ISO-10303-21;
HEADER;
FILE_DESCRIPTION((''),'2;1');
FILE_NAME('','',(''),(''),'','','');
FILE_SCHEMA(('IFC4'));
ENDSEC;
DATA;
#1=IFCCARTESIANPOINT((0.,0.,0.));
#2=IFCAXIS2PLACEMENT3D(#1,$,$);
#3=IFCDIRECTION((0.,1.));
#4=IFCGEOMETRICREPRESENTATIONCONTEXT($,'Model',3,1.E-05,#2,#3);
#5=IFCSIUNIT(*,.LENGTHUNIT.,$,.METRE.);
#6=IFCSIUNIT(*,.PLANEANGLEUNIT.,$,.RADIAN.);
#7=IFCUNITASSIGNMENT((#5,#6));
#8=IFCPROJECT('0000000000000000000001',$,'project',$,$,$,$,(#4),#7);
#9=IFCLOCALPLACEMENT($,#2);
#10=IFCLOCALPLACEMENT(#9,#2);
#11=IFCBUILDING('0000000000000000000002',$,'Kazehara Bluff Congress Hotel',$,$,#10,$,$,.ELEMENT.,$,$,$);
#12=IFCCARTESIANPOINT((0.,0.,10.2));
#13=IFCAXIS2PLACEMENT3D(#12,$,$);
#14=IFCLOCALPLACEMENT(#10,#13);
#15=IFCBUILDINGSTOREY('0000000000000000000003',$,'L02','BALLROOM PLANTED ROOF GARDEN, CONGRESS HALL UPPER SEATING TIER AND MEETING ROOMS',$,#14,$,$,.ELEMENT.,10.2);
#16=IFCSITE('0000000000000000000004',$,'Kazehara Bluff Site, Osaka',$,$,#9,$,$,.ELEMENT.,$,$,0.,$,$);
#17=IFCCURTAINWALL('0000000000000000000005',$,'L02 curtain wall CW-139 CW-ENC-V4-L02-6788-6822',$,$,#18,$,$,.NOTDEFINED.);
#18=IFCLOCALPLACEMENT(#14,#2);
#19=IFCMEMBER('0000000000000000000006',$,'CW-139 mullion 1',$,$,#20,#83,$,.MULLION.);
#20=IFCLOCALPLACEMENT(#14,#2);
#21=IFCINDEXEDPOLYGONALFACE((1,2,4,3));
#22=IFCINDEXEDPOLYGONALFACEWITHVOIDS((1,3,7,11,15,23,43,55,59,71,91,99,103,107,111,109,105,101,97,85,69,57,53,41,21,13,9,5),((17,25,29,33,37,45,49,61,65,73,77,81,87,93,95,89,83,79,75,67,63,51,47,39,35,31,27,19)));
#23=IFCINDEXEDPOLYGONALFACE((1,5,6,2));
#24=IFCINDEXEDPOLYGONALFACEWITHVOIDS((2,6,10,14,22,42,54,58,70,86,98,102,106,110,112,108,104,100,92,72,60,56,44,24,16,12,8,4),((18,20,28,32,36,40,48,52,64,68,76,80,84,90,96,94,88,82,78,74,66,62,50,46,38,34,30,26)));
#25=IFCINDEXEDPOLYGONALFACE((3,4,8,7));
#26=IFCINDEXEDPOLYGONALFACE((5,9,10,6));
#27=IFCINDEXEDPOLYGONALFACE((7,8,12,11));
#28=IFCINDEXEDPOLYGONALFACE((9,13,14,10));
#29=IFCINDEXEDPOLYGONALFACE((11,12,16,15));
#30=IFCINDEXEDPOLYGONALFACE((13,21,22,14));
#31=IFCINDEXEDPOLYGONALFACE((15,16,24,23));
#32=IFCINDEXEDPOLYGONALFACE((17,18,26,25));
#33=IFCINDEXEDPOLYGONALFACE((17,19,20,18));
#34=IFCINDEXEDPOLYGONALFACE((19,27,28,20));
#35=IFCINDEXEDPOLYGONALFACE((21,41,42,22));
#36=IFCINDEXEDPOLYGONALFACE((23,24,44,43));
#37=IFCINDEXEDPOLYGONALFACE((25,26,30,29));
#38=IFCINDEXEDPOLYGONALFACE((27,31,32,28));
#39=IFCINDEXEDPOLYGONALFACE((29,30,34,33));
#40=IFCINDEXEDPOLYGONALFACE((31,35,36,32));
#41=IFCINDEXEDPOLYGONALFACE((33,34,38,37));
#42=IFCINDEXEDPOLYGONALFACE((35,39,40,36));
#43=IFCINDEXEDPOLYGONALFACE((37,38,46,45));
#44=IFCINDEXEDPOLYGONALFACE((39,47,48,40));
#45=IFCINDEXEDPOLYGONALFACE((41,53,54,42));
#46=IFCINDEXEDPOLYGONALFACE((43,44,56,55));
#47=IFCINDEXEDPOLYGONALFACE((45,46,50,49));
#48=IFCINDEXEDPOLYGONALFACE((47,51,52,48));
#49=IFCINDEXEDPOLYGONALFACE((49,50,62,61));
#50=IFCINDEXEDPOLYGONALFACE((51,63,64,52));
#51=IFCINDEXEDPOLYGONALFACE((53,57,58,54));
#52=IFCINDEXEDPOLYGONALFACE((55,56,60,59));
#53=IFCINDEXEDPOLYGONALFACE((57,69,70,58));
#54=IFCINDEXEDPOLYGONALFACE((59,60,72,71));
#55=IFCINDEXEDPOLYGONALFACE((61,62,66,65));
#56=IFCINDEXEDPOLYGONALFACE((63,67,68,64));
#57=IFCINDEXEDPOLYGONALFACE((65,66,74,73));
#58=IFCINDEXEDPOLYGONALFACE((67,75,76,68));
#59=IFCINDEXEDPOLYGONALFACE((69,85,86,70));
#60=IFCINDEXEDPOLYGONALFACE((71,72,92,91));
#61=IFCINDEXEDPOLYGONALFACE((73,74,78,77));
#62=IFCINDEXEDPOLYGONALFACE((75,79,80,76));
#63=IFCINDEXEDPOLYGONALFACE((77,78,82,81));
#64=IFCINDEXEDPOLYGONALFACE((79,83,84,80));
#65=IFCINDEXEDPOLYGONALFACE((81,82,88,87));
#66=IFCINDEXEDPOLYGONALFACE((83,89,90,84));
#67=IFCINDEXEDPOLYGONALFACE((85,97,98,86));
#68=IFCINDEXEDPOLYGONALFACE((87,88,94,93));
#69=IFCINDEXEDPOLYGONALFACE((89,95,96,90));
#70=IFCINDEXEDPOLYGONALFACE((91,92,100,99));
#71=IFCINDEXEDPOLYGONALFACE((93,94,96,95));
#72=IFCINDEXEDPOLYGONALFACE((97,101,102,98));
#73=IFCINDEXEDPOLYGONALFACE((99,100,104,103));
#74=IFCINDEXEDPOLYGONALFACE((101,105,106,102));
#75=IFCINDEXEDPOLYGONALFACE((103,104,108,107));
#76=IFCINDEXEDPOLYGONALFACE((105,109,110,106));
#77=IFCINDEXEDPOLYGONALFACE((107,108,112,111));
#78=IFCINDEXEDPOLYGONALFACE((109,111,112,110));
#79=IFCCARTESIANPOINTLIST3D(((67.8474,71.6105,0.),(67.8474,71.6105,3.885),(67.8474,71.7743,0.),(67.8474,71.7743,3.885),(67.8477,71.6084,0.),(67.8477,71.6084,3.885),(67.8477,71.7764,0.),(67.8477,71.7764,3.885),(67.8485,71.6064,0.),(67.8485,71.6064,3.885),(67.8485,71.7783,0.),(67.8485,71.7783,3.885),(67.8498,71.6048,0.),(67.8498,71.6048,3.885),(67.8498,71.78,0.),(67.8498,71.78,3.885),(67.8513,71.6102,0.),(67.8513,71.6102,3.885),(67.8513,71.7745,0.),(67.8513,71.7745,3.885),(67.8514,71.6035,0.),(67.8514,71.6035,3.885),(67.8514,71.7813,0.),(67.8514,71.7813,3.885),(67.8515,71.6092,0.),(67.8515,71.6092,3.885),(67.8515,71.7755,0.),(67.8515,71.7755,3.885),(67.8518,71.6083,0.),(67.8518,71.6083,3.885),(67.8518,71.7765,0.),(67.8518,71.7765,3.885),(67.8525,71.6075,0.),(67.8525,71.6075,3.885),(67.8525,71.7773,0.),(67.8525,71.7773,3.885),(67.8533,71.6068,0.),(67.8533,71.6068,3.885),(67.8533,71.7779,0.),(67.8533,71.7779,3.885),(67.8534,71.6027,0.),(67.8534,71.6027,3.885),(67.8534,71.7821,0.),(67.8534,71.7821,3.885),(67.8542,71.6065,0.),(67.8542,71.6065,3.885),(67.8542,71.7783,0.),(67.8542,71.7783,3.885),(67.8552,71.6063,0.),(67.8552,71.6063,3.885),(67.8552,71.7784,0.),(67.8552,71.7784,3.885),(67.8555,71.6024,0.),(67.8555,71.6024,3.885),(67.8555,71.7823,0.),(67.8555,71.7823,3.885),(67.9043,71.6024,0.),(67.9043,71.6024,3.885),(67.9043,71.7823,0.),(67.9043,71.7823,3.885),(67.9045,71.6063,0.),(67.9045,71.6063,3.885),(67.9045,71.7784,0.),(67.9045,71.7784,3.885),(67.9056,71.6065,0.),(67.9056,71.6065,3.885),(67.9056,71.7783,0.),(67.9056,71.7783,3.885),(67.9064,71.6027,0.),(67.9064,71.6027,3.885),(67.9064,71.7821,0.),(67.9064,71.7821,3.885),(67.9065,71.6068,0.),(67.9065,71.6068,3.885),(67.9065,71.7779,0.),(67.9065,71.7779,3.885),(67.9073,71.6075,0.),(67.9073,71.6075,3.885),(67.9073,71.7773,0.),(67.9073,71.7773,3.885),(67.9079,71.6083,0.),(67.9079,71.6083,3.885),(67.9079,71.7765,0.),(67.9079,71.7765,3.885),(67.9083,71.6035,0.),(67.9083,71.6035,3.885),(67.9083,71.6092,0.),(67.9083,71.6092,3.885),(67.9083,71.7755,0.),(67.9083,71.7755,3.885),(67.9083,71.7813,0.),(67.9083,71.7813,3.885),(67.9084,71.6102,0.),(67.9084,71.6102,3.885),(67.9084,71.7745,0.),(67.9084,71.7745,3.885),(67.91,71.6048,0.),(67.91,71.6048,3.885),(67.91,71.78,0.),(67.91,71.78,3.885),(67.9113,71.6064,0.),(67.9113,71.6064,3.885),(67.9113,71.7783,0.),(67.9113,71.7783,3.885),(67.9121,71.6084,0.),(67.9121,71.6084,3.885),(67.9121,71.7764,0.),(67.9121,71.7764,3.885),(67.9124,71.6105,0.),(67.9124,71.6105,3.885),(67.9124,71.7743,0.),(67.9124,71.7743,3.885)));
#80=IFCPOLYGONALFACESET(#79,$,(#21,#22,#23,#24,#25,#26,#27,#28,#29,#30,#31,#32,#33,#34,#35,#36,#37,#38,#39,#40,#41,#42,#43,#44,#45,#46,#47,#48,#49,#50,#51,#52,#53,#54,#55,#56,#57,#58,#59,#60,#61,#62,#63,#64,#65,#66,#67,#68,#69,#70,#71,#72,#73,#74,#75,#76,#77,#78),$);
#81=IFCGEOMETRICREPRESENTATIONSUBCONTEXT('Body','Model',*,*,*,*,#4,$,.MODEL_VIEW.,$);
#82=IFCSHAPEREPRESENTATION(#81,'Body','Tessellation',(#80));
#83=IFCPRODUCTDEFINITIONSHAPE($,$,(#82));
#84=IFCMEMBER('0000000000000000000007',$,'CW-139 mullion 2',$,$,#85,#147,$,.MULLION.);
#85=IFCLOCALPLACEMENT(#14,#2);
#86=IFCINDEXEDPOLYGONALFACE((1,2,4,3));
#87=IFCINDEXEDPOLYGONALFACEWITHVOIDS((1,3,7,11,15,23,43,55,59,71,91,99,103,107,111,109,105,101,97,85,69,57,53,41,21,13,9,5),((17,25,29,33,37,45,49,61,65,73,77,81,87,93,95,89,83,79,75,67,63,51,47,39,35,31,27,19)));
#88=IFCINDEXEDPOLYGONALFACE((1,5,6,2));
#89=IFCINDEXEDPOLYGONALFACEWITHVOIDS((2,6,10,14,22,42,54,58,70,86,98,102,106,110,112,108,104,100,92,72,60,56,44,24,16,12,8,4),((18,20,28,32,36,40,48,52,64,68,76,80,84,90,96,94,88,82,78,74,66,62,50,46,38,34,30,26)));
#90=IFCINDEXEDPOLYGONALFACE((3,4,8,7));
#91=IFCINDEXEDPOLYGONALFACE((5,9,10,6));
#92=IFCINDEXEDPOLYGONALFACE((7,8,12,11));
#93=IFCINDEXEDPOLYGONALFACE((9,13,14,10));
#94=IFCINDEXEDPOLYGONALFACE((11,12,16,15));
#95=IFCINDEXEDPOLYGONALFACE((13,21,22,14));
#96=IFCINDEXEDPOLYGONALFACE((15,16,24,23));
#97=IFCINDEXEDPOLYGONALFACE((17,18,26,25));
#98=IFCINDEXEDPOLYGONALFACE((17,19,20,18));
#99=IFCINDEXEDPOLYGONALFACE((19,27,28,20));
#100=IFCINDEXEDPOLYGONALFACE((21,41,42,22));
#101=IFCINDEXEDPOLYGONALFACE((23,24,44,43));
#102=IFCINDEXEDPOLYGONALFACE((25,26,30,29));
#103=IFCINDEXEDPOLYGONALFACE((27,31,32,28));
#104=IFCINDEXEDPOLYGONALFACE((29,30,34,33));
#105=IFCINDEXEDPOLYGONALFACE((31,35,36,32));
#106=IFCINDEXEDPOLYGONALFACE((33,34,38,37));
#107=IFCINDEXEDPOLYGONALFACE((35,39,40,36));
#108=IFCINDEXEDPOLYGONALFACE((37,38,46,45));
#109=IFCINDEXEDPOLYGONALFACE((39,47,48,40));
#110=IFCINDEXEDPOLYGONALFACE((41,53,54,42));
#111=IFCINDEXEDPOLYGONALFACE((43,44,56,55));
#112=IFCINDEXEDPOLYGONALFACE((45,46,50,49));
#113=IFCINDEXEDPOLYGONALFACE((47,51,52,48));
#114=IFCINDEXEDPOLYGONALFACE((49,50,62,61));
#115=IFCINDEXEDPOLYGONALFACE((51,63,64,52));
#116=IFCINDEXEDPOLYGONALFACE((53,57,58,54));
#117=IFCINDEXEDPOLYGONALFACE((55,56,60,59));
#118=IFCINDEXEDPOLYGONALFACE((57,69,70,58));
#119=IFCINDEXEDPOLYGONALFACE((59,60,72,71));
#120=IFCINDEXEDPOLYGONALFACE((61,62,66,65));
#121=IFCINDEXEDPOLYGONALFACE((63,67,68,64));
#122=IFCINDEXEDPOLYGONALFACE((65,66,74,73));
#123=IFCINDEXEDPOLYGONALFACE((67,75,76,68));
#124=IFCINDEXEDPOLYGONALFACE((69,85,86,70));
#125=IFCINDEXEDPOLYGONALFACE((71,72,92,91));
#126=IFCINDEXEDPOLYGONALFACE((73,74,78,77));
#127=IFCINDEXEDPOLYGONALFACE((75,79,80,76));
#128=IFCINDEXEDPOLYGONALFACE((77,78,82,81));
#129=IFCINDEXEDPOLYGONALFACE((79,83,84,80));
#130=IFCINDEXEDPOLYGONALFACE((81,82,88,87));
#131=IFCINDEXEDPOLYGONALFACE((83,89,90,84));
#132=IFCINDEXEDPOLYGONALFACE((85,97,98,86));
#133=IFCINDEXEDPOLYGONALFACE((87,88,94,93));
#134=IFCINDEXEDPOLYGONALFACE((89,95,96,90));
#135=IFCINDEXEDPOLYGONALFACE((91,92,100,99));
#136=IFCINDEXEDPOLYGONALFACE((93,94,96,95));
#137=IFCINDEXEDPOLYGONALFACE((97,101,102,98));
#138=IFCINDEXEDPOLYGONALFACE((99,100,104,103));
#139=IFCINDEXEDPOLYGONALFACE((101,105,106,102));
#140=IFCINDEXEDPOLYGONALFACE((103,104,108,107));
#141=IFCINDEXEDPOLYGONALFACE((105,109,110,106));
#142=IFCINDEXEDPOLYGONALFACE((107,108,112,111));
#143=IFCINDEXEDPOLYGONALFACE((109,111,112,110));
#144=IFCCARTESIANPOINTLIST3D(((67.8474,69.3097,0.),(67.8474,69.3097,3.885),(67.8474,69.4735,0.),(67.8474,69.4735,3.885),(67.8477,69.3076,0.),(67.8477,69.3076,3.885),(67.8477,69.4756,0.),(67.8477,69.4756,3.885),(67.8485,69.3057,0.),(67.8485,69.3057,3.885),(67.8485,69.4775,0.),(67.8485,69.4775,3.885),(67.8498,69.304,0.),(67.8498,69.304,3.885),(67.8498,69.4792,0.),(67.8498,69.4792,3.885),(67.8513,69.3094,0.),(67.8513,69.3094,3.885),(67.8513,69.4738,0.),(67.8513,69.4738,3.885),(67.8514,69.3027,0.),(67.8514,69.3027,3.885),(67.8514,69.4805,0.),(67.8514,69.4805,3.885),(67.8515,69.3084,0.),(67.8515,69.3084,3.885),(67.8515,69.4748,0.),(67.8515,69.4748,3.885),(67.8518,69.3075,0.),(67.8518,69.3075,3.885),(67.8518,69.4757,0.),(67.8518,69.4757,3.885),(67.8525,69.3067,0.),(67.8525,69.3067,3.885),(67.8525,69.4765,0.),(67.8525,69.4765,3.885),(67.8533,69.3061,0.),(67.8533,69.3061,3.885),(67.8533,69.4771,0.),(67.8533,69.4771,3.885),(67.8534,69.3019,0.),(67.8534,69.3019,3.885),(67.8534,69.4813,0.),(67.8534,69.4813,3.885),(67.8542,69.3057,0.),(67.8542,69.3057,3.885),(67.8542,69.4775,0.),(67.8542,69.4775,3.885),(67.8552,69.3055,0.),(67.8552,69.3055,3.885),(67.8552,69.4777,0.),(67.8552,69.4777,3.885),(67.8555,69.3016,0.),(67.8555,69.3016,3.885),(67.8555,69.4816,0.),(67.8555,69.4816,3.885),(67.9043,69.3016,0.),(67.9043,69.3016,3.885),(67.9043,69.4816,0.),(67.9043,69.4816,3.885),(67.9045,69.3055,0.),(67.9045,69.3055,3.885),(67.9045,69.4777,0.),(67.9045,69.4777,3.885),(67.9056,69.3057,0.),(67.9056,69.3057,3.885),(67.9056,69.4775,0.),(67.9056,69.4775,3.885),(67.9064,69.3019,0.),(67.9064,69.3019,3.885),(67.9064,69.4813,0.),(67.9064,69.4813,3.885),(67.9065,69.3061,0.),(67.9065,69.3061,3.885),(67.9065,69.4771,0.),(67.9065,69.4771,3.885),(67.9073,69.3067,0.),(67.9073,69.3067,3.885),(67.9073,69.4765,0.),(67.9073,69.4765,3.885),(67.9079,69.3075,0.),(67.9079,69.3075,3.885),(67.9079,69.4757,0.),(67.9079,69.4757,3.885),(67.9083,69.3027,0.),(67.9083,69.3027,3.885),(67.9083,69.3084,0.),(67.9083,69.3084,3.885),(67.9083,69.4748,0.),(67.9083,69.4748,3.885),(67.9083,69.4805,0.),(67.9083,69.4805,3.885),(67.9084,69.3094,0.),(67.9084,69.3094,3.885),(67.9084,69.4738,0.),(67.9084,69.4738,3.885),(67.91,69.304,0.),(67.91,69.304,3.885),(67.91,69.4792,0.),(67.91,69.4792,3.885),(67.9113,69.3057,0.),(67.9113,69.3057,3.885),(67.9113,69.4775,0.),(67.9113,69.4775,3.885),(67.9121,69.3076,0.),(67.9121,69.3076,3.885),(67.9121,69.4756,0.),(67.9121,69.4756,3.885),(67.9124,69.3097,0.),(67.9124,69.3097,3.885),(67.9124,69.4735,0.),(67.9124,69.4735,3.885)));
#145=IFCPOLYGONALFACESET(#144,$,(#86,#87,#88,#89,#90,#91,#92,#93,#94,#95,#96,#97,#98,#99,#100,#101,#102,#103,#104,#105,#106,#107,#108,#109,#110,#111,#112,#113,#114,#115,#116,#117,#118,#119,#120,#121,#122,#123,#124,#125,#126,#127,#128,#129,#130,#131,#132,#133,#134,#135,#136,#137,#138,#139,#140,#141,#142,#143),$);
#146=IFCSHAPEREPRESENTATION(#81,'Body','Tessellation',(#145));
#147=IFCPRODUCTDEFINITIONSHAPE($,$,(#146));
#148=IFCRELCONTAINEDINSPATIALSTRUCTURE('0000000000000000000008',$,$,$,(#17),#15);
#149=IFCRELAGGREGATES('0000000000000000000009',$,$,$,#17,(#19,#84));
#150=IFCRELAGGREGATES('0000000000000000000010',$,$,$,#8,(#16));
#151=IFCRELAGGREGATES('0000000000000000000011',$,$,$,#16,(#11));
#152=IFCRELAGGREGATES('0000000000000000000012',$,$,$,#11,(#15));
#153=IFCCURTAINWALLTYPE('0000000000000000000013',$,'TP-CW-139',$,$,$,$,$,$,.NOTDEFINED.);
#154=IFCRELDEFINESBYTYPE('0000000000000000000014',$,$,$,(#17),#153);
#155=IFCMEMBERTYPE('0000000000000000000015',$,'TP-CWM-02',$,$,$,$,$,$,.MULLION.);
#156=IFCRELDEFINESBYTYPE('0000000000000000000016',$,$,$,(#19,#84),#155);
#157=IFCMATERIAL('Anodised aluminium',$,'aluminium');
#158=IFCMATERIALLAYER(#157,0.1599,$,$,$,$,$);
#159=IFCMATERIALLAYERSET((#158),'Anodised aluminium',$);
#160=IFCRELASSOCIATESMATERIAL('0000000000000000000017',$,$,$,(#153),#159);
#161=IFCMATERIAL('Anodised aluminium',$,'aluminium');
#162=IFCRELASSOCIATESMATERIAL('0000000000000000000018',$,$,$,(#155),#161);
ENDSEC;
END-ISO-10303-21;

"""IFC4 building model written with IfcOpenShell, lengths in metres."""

from ifc_helpers import new_model, si_unit, direction, frame, origin, origin_2d, place, context, subcontext, project, spatial, hollow_rectangle, extrude, material, layer, layer_set, material_profile, profile_set, type_object, element, aggregate, save


model = new_model("IFC4")

# Units and contexts
model_context = context("Model", 3, precision=1e-05, world=origin(), true_north=direction((0.0, 1.0)))
body_context = subcontext(model_context, "Body", "Model", "MODEL_VIEW")
ifc_project = project(units=[si_unit("LENGTHUNIT", "METRE"), si_unit("PLANEANGLEUNIT", "RADIAN")], contexts=[model_context])

# Site, building, storey
site_placement = place(None, origin())
site = spatial("IfcSite", under=ifc_project, at=site_placement, Name="Kazehara Bluff Site, Osaka", CompositionType="ELEMENT", RefElevation=0.0)
building_placement = place(site_placement, origin())
building = spatial("IfcBuilding", under=site, at=building_placement, Name="Kazehara Bluff Congress Hotel", CompositionType="ELEMENT")
storey_placement = place(building_placement, frame((0.0, 0.0, 10.2)))
storey = spatial("IfcBuildingStorey", under=building, at=storey_placement, Name="L02", Description="BALLROOM PLANTED ROOF GARDEN, CONGRESS HALL UPPER SEATING TIER AND MEETING ROOMS", CompositionType="ELEMENT", Elevation=10.2)

# Curtain wall, members
ifc_material_1 = material(Name="Anodised aluminium", Category="aluminium")
ifc_layer_1 = layer(ifc_material_1, 0.1599)
ifc_layer_set_1 = layer_set([ifc_layer_1], Name="Anodised aluminium")
curtain_wall_type = type_object("IfcCurtainWallType", Name="TP-CW-139", PredefinedType="NOTDEFINED", material=ifc_layer_set_1)
curtain_wall_placement = place(storey_placement, origin())
curtain_wall = element("IfcCurtainWall", 1, at=curtain_wall_placement, inside=storey, type_object=curtain_wall_type, Name="L02 curtain wall CW-139 CW-ENC-V4-L02-6788-6822", PredefinedType="NOTDEFINED")
ifc_material_2 = material(Name="Anodised aluminium", Category="aluminium")
ifc_material_profile_1 = material_profile(ifc_material_2, hollow_rectangle(XDim=0.0649, YDim=0.1799, WallThickness=0.0039, InnerFilletRadius=0.0039, OuterFilletRadius=0.0081, at=origin_2d()))
ifc_profile_set_1 = profile_set([ifc_material_profile_1], Name="Anodised aluminium")
member_type_1 = type_object("IfcMemberType", Name="TP-CWM-02", PredefinedType="MULLION", material=ifc_profile_set_1)
member_1_placement = place(storey_placement, frame((67.8799, 71.6924, 0.0), z_axis=(0.0, 0.0, 1.0), x_axis=(1.0, 0.0, 0.0)))
member_1 = element("IfcMember", 2, at=member_1_placement, type_object=member_type_1, Name="CW-139 mullion 1", PredefinedType="MULLION", context=body_context, shape_type="SweptSolid", body=[
    extrude(hollow_rectangle(XDim=0.0649, YDim=0.1799, WallThickness=0.0039, InnerFilletRadius=0.0039, OuterFilletRadius=0.0081, at=origin_2d()), origin(), (0.0, 0.0, 1.0), 3.885),
])
member_2_placement = place(storey_placement, frame((67.8799, 69.3916, 0.0), z_axis=(0.0, 0.0, 1.0), x_axis=(1.0, 0.0, 0.0)))
member_2 = element("IfcMember", 3, at=member_2_placement, type_object=member_type_1, Name="CW-139 mullion 2", PredefinedType="MULLION", context=body_context, shape_type="SweptSolid", body=[
    extrude(hollow_rectangle(XDim=0.0649, YDim=0.1799, WallThickness=0.0039, InnerFilletRadius=0.0039, OuterFilletRadius=0.0081, at=origin_2d()), origin(), (0.0, 0.0, 1.0), 3.885),
])
aggregate(curtain_wall, [member_1, member_2])

save(model, "model.ifc")
